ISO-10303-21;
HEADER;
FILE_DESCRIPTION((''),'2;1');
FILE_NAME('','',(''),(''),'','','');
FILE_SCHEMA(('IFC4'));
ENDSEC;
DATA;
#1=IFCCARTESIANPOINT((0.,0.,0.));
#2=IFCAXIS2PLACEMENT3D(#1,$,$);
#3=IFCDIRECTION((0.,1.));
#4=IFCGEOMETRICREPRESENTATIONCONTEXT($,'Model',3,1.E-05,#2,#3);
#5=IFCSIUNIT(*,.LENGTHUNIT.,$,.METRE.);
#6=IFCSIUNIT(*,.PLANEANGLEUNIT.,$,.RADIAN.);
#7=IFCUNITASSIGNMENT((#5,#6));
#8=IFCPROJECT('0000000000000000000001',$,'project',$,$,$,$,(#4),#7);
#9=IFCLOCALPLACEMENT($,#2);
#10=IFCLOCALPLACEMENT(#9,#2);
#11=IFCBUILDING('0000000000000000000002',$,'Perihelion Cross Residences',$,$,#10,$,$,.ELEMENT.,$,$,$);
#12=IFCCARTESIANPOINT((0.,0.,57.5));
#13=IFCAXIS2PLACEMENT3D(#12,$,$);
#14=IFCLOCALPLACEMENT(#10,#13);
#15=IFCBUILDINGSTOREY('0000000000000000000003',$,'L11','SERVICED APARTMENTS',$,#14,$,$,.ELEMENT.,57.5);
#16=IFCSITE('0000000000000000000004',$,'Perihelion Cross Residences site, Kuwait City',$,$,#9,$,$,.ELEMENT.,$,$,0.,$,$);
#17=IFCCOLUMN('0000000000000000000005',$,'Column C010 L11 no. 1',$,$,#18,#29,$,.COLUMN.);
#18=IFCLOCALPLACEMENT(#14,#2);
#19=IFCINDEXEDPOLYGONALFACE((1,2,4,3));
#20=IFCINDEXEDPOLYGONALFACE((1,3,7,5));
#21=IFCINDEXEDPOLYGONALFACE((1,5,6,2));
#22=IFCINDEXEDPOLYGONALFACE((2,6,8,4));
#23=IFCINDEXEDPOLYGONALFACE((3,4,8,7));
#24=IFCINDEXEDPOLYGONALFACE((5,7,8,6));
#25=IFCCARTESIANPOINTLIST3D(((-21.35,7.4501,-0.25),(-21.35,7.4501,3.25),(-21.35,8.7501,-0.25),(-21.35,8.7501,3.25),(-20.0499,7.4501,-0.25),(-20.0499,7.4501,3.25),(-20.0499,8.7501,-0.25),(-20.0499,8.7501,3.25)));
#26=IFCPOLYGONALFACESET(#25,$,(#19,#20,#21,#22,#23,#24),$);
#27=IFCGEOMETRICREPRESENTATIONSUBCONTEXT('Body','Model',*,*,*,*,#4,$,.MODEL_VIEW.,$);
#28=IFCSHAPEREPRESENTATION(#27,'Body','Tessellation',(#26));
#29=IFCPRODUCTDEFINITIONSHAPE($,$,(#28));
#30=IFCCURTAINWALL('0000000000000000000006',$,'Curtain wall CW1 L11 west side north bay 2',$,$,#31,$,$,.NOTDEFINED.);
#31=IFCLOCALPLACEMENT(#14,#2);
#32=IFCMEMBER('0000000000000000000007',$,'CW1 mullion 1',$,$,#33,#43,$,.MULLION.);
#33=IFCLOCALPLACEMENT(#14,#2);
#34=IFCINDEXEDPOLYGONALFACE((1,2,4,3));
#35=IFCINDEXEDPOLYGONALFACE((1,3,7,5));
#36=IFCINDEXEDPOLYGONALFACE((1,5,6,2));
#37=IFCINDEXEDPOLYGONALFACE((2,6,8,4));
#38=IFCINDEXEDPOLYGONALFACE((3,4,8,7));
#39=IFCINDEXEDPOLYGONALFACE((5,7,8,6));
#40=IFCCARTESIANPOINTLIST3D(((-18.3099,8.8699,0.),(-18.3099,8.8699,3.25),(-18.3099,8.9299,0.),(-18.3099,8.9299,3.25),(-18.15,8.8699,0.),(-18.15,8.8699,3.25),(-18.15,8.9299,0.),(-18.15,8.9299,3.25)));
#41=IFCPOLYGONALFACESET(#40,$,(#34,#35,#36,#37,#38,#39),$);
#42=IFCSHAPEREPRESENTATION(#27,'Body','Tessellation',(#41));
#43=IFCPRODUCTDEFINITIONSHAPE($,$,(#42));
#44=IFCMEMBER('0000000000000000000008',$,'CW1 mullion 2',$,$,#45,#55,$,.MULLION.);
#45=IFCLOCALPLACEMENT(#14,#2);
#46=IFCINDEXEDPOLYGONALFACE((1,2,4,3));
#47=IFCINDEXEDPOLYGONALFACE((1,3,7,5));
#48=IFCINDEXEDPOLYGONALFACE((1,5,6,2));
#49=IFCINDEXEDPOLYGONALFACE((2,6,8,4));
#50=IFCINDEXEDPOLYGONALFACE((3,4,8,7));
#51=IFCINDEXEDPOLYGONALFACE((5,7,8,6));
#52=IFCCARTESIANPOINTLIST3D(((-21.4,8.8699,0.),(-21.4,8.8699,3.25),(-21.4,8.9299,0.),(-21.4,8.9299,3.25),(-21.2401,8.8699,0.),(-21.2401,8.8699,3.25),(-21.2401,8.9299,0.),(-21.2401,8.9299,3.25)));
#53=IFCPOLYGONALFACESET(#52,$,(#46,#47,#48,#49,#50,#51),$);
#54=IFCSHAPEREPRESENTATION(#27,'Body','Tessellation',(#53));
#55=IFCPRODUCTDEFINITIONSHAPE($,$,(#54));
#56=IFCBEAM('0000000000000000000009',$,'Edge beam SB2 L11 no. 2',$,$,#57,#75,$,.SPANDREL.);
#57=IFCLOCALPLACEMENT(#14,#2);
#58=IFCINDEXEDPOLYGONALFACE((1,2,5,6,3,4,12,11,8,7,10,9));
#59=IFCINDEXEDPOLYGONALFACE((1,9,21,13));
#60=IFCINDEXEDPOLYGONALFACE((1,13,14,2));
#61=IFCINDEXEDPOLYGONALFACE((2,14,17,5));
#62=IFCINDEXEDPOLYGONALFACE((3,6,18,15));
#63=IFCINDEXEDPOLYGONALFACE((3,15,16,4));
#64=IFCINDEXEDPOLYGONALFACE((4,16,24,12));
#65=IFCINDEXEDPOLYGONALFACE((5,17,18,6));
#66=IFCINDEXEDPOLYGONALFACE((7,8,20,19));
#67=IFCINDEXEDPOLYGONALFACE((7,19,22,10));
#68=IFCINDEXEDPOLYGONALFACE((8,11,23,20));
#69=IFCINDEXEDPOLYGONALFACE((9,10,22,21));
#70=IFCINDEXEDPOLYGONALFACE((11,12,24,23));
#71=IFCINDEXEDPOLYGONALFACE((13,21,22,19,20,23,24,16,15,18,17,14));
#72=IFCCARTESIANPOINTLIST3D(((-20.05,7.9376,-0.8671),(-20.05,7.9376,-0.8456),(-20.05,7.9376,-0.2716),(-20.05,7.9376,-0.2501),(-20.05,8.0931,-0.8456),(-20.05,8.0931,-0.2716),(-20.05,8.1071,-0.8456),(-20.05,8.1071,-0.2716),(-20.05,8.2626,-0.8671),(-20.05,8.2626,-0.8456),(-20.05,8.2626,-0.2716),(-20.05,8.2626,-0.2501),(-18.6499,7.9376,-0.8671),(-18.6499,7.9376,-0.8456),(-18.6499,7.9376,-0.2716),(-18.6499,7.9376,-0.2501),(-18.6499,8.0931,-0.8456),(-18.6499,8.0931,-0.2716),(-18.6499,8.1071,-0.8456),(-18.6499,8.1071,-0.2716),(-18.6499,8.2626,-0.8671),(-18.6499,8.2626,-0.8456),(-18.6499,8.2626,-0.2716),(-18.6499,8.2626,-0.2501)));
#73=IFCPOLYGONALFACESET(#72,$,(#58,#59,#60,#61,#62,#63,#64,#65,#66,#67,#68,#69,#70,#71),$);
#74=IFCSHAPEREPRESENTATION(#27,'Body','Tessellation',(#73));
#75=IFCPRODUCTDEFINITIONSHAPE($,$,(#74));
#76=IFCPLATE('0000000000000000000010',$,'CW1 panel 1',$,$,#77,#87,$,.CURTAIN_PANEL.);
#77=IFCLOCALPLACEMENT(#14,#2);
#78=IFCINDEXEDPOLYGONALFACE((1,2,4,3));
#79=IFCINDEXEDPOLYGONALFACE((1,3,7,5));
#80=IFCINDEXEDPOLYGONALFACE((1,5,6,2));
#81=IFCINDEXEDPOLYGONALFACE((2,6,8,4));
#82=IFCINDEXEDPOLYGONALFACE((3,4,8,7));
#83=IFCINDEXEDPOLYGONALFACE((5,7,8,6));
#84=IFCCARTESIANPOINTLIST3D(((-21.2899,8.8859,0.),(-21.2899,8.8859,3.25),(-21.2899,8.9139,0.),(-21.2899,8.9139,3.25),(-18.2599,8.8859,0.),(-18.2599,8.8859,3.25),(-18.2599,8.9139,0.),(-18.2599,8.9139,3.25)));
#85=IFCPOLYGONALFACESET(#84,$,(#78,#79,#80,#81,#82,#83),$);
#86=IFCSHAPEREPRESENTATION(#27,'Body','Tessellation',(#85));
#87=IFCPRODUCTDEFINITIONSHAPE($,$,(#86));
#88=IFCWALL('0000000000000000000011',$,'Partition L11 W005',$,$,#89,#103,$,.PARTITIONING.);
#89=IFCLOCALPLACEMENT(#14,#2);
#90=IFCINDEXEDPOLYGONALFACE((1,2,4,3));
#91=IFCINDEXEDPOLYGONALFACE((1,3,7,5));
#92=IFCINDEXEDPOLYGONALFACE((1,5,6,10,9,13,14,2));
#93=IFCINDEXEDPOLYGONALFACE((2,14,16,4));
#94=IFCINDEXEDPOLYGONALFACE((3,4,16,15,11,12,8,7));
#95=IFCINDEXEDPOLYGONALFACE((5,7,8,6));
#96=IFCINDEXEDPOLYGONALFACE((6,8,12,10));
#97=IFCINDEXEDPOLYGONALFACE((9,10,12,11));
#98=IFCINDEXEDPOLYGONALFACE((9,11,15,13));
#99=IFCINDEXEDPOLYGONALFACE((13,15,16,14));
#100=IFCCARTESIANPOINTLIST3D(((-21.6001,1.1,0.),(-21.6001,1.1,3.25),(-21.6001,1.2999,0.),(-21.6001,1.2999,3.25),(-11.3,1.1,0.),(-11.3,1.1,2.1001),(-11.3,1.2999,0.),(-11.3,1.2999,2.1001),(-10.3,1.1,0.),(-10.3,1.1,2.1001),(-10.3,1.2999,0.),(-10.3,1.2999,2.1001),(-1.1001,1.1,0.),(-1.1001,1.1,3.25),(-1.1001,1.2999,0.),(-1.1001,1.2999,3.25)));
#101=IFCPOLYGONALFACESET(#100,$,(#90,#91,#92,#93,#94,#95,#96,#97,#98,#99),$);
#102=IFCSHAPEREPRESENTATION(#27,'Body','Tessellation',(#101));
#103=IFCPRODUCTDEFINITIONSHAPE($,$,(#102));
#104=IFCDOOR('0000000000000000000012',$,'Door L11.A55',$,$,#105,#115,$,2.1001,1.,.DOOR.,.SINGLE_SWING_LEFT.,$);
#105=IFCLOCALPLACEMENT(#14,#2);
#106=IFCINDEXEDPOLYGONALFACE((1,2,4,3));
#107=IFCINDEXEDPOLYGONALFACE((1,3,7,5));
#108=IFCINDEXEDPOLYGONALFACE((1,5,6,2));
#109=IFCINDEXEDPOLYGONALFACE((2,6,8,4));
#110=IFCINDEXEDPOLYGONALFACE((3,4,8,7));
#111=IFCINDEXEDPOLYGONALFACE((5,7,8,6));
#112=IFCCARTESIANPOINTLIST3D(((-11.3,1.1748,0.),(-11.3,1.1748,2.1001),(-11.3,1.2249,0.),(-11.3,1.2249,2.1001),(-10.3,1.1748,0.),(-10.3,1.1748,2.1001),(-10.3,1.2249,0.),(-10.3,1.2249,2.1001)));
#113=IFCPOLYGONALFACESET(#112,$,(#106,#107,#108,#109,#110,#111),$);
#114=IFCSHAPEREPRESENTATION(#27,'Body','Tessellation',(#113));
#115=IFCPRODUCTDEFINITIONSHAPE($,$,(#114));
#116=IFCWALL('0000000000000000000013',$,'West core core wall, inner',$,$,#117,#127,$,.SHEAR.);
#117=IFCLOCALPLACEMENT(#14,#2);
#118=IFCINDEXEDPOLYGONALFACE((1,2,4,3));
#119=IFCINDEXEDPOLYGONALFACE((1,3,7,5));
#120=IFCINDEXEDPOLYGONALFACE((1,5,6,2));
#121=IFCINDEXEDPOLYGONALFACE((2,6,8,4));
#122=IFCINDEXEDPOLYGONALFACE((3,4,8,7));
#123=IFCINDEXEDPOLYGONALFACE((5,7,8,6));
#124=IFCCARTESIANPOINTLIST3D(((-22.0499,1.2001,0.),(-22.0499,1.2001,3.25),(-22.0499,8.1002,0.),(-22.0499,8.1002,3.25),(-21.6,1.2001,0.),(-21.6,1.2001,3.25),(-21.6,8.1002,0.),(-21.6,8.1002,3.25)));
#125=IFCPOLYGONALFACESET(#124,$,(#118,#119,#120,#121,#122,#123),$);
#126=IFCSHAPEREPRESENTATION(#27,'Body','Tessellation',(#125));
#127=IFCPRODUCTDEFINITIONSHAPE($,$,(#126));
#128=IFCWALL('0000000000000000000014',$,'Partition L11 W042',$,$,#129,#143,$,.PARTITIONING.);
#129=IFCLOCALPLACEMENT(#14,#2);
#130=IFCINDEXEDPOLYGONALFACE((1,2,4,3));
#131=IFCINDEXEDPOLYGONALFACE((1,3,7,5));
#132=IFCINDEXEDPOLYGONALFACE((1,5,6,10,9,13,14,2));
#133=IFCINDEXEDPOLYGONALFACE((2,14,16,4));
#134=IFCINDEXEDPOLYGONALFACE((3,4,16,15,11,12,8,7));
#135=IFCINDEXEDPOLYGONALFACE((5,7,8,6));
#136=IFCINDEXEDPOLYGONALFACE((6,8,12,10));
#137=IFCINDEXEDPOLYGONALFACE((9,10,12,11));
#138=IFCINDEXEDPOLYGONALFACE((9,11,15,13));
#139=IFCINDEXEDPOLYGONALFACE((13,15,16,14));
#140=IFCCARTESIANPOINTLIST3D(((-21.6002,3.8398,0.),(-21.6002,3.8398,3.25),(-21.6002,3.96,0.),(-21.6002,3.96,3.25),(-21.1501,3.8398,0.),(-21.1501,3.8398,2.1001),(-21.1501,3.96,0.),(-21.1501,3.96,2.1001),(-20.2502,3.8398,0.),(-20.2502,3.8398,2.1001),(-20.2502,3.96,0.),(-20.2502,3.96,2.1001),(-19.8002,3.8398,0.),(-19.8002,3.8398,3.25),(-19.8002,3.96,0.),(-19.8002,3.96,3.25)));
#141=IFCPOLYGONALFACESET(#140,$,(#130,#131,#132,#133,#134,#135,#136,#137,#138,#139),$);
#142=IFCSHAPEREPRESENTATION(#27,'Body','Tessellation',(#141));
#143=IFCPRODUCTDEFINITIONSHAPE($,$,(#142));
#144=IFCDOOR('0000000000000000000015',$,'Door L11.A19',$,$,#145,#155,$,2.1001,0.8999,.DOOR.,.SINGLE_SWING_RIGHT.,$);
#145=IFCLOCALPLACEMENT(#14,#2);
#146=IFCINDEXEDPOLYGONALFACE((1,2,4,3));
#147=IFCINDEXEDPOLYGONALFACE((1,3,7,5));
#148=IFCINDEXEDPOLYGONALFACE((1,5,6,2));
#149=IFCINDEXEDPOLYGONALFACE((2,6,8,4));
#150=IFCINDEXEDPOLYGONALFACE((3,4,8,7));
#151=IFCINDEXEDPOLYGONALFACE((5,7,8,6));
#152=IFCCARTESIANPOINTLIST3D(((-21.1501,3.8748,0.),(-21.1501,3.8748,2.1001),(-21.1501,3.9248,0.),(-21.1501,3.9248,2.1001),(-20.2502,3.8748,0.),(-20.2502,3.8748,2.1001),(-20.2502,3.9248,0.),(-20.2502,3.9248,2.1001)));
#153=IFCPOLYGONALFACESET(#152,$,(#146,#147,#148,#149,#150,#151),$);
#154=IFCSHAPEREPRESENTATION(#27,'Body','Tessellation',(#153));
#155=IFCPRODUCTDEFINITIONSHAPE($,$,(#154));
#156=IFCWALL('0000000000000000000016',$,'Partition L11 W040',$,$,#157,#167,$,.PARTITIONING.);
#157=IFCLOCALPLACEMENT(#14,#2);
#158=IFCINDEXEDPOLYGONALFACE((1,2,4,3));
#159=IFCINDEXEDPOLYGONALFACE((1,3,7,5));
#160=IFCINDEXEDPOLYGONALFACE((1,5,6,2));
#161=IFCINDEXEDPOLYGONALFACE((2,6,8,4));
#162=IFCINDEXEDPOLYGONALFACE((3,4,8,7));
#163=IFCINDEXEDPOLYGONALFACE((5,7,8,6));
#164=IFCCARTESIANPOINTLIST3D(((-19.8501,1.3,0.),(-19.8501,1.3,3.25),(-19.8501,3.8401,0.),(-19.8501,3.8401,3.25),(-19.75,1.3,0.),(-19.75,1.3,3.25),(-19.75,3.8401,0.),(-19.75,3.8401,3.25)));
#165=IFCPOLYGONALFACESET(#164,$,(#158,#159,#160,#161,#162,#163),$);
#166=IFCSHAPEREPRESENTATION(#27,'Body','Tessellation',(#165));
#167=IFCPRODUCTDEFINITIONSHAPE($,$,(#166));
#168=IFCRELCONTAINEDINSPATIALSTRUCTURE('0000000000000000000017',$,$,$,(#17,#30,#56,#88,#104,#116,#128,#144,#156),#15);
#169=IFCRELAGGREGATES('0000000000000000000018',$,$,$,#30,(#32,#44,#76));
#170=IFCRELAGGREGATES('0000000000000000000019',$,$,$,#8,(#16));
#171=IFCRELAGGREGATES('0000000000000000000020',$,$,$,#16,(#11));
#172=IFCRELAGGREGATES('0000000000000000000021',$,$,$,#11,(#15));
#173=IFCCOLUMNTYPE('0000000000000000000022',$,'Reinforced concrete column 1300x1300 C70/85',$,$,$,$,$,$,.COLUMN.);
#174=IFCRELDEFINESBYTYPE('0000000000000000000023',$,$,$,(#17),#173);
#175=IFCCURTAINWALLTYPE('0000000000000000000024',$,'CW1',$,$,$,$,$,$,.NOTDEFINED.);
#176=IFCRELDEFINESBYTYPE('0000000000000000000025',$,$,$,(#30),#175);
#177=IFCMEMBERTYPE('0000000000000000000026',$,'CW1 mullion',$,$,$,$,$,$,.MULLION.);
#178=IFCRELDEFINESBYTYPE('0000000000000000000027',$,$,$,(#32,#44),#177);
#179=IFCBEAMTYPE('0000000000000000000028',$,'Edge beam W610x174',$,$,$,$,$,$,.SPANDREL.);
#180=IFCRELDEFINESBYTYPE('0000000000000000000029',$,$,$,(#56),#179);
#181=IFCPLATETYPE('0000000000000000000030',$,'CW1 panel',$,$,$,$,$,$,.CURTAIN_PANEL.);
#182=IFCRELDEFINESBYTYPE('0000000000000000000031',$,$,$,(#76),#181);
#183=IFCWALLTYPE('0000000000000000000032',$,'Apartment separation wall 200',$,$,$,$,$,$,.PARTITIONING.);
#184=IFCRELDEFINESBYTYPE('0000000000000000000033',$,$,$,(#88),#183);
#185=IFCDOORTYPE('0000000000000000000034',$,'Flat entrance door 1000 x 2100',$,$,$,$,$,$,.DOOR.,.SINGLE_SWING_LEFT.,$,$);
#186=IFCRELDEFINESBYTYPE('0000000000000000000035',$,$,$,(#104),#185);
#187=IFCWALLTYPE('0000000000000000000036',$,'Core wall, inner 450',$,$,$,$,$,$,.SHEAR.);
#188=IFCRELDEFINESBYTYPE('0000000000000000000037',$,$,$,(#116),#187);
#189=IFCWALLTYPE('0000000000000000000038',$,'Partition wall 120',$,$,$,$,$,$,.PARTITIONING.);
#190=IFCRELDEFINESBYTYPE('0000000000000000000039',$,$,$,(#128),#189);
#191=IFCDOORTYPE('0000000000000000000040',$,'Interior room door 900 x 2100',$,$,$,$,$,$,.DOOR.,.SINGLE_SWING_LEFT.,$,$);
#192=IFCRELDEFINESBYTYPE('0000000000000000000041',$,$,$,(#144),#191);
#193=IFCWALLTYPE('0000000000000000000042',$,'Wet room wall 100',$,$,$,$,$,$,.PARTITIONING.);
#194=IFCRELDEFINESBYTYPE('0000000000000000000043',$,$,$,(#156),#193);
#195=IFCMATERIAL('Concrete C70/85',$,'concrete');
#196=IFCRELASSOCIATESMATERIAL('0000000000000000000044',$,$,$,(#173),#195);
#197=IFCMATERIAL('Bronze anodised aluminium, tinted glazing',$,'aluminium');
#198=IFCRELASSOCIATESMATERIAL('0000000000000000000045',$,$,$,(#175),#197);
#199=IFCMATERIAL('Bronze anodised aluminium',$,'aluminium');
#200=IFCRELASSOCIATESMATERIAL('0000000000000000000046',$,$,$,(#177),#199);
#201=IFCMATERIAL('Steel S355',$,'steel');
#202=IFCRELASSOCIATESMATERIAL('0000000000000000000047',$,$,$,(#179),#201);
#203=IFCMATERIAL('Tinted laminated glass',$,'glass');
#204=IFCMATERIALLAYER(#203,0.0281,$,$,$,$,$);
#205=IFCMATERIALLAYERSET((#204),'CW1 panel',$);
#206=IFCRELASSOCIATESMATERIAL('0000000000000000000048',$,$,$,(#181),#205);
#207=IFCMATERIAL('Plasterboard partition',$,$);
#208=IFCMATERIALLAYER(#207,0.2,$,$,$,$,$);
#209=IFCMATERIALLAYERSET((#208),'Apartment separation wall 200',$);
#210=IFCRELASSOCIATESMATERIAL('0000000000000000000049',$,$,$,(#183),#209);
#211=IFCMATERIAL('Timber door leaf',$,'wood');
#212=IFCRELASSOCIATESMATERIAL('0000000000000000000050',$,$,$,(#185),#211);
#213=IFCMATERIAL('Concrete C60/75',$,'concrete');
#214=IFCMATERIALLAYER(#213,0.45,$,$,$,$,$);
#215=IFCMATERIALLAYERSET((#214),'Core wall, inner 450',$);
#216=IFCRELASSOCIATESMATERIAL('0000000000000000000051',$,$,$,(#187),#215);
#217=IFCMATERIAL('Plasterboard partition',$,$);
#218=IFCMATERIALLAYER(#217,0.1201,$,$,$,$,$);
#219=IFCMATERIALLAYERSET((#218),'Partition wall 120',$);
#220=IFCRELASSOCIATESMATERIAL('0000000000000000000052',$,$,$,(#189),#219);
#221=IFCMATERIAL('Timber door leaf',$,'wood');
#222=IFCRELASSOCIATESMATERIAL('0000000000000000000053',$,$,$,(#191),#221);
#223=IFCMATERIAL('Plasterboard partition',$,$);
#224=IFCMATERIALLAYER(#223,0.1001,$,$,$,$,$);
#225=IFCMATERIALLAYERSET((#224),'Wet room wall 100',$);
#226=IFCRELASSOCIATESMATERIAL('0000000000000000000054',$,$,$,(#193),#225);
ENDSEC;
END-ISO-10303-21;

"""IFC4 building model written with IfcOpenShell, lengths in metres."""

from ifc_helpers import new_model, si_unit, direction, frame, frame_2d, origin, origin_2d, place, context, subcontext, project, spatial, rectangle, i_section, extrude, material, layer, layer_set, material_profile, profile_set, type_object, element, fill, aggregate, save


model = new_model("IFC4")

# Units and contexts
model_context = context("Model", 3, precision=1e-05, world=origin(), true_north=direction((0.0, 1.0)))
body_context = subcontext(model_context, "Body", "Model", "MODEL_VIEW")
ifc_project = project(units=[si_unit("LENGTHUNIT", "METRE"), si_unit("PLANEANGLEUNIT", "RADIAN")], contexts=[model_context])

# Site, building, storey
site_placement = place(None, origin())
site = spatial("IfcSite", under=ifc_project, at=site_placement, Name="Perihelion Cross Residences site, Kuwait City", CompositionType="ELEMENT", RefElevation=0.0)
building_placement = place(site_placement, origin())
building = spatial("IfcBuilding", under=site, at=building_placement, Name="Perihelion Cross Residences", CompositionType="ELEMENT")
storey_placement = place(building_placement, frame((0.0, 0.0, 57.5)))
storey = spatial("IfcBuildingStorey", under=building, at=storey_placement, Name="L11", Description="SERVICED APARTMENTS", CompositionType="ELEMENT", Elevation=57.5)

# Column
ifc_material_1 = material(Name="Concrete C70/85", Category="concrete")
ifc_material_profile_1 = material_profile(ifc_material_1, rectangle(XDim=1.3, YDim=1.3, at=origin_2d()), Name="RC 1300x1300")
ifc_profile_set_1 = profile_set([ifc_material_profile_1], Name="Concrete C70/85")
column_type = type_object("IfcColumnType", Name="Reinforced concrete column 1300x1300 C70/85", PredefinedType="COLUMN", material=ifc_profile_set_1)
column_placement = place(storey_placement, frame((-20.7, 8.1001, -0.25), z_axis=(0.0, 0.0, 1.0), x_axis=(1.0, 0.0, 0.0)))
element("IfcColumn", 1, at=column_placement, inside=storey, type_object=column_type, Name="Column C010 L11 no. 1", PredefinedType="COLUMN", context=body_context, shape_type="SweptSolid", body=[
    extrude(rectangle(XDim=1.3, YDim=1.3, at=origin_2d()), origin(), (0.0, 0.0, 1.0), 3.5),
])

# Curtain wall, members
ifc_material_2 = material(Name="Bronze anodised aluminium, tinted glazing", Category="aluminium")
curtain_wall_type = type_object("IfcCurtainWallType", Name="CW1", PredefinedType="NOTDEFINED", material=ifc_material_2)
curtain_wall_placement = place(storey_placement, origin())
curtain_wall = element("IfcCurtainWall", 2, at=curtain_wall_placement, inside=storey, type_object=curtain_wall_type, Name="Curtain wall CW1 L11 west side north bay 2", PredefinedType="NOTDEFINED")
ifc_material_3 = material(Name="Bronze anodised aluminium", Category="aluminium")
ifc_material_profile_2 = material_profile(ifc_material_3, rectangle(XDim=0.0601, YDim=0.1599, at=origin_2d()), Name="CW1 mullion")
ifc_profile_set_2 = profile_set([ifc_material_profile_2], Name="Bronze anodised aluminium")
member_type = type_object("IfcMemberType", Name="CW1 mullion", PredefinedType="MULLION", material=ifc_profile_set_2)
member_1_placement = place(storey_placement, frame((-18.23, 8.8999, 0.0), z_axis=(0.0, 0.0, 1.0), x_axis=(0.0, -1.0, 0.0)))
member_1 = element("IfcMember", 3, at=member_1_placement, type_object=member_type, Name="CW1 mullion 1", PredefinedType="MULLION", context=body_context, shape_type="SweptSolid", body=[
    extrude(rectangle(XDim=0.0601, YDim=0.1599, at=origin_2d()), origin(), (0.0, 0.0, 1.0), 3.25),
])
member_2_placement = place(storey_placement, frame((-21.3201, 8.8999, 0.0), z_axis=(0.0, 0.0, 1.0), x_axis=(0.0, -1.0, 0.0)))
member_2 = element("IfcMember", 4, at=member_2_placement, type_object=member_type, Name="CW1 mullion 2", PredefinedType="MULLION", context=body_context, shape_type="SweptSolid", body=[
    extrude(rectangle(XDim=0.0601, YDim=0.1599, at=origin_2d()), origin(), (0.0, 0.0, 1.0), 3.25),
])

# Beam
ifc_material_4 = material(Name="Steel S355", Category="steel")
ifc_material_profile_3 = material_profile(ifc_material_4, i_section(OverallWidth=0.325, OverallDepth=0.6169, WebThickness=0.0139, FlangeThickness=0.0215, at=origin_2d()), Name="W610x174")
ifc_profile_set_3 = profile_set([ifc_material_profile_3], Name="Steel S355")
beam_type = type_object("IfcBeamType", Name="Edge beam W610x174", PredefinedType="SPANDREL", material=ifc_profile_set_3)
beam_placement = place(storey_placement, frame((-18.6499, 8.1001, -0.5586), z_axis=(-1.0, 0.0, 0.0), x_axis=(0.0, -1.0, 0.0)))
element("IfcBeam", 5, at=beam_placement, inside=storey, type_object=beam_type, Name="Edge beam SB2 L11 no. 2", PredefinedType="SPANDREL", context=body_context, shape_type="SweptSolid", body=[
    extrude(i_section(OverallWidth=0.325, OverallDepth=0.6169, WebThickness=0.0139, FlangeThickness=0.0215, at=origin_2d()), origin(), (0.0, 0.0, 1.0), 1.4001),
])

# Plate
ifc_material_5 = material(Name="Tinted laminated glass", Category="glass")
ifc_layer_1 = layer(ifc_material_5, 0.0281)
ifc_layer_set_1 = layer_set([ifc_layer_1], Name="CW1 panel")
plate_type = type_object("IfcPlateType", Name="CW1 panel", PredefinedType="CURTAIN_PANEL", material=ifc_layer_set_1)
plate_placement = place(storey_placement, frame((-19.7749, 8.8999, 0.0), z_axis=(0.0, 0.0, 1.0), x_axis=(-1.0, 0.0, 0.0)))
plate = element("IfcPlate", 6, at=plate_placement, type_object=plate_type, Name="CW1 panel 1", PredefinedType="CURTAIN_PANEL", context=body_context, shape_type="SweptSolid", body=[
    extrude(rectangle(XDim=3.03, YDim=0.0281, at=origin_2d()), origin(), (0.0, 0.0, 1.0), 3.25),
])
aggregate(curtain_wall, [member_1, member_2, plate])

# Wall, opening, door
ifc_material_6 = material(Name="Plasterboard partition")
ifc_layer_2 = layer(ifc_material_6, 0.2)
ifc_layer_set_2 = layer_set([ifc_layer_2], Name="Apartment separation wall 200")
wall_type_1 = type_object("IfcWallType", Name="Apartment separation wall 200", PredefinedType="PARTITIONING", material=ifc_layer_set_2)
wall_1_placement = place(storey_placement, frame((-21.6001, 1.2, 0.0), z_axis=(0.0, 0.0, 1.0), x_axis=(1.0, 0.0, 0.0)))
wall_1 = element("IfcWall", 7, at=wall_1_placement, inside=storey, type_object=wall_type_1, Name="Partition L11 W005", PredefinedType="PARTITIONING", context=body_context, shape_type="SweptSolid", body=[
    extrude(rectangle(XDim=20.5, YDim=0.2, at=frame_2d((10.25, 0.0))), origin(), (0.0, 0.0, 1.0), 3.25),
])
opening_1_placement = place(wall_1_placement, frame((10.3, 0.0, 0.0)))
opening_1 = element("IfcOpeningElement", 8, at=opening_1_placement, cuts=wall_1, PredefinedType="OPENING", context=body_context, shape_type="SweptSolid", body=[
    extrude(rectangle(XDim=1.0, YDim=2.1001, at=frame_2d((0.5, 1.05))), frame((0.0, 0.1099, 0.0), z_axis=(0.0, -1.0, 0.0), x_axis=(1.0, 0.0, 0.0)), (0.0, 0.0, 1.0), 0.22),
])
ifc_material_7 = material(Name="Timber door leaf", Category="wood")
door_type_1 = type_object("IfcDoorType", Name="Flat entrance door 1000 x 2100", OperationType="SINGLE_SWING_LEFT", PredefinedType="DOOR", material=ifc_material_7)
door_1_placement = place(opening_1_placement, origin())
door_1 = element("IfcDoor", 9, at=door_1_placement, inside=storey, type_object=door_type_1, Name="Door L11.A55", OperationType="SINGLE_SWING_LEFT", OverallHeight=2.1001, OverallWidth=1.0, PredefinedType="DOOR", context=body_context, shape_type="SweptSolid", body=[
    extrude(rectangle(XDim=1.0, YDim=2.1001, at=frame_2d((0.5, 1.05))), frame((0.0, 0.0249, 0.0), z_axis=(0.0, -1.0, 0.0), x_axis=(1.0, 0.0, 0.0)), (0.0, 0.0, 1.0), 0.05),
])
fill(opening_1, door_1)

# Wall
ifc_material_8 = material(Name="Concrete C60/75", Category="concrete")
ifc_layer_3 = layer(ifc_material_8, 0.45)
ifc_layer_set_3 = layer_set([ifc_layer_3], Name="Core wall, inner 450")
wall_type_2 = type_object("IfcWallType", Name="Core wall, inner 450", PredefinedType="SHEAR", material=ifc_layer_set_3)
wall_2_placement = place(storey_placement, frame((-21.825, 1.2, 0.0), z_axis=(0.0, 0.0, 1.0), x_axis=(0.0, 1.0, 0.0)))
element("IfcWall", 10, at=wall_2_placement, inside=storey, type_object=wall_type_2, Name="West core core wall, inner", PredefinedType="SHEAR", context=body_context, shape_type="SweptSolid", body=[
    extrude(rectangle(XDim=6.9001, YDim=0.45, at=frame_2d((3.4502, 0.0))), origin(), (0.0, 0.0, 1.0), 3.25),
])

# Wall, opening, door
ifc_material_9 = material(Name="Plasterboard partition")
ifc_layer_4 = layer(ifc_material_9, 0.1201)
ifc_layer_set_4 = layer_set([ifc_layer_4], Name="Partition wall 120")
wall_type_3 = type_object("IfcWallType", Name="Partition wall 120", PredefinedType="PARTITIONING", material=ifc_layer_set_4)
wall_3_placement = place(storey_placement, frame((-21.6001, 3.8999, 0.0), z_axis=(0.0, 0.0, 1.0), x_axis=(1.0, 0.0, 0.0)))
wall_3 = element("IfcWall", 11, at=wall_3_placement, inside=storey, type_object=wall_type_3, Name="Partition L11 W042", PredefinedType="PARTITIONING", context=body_context, shape_type="SweptSolid", body=[
    extrude(rectangle(XDim=1.8, YDim=0.1201, at=frame_2d((0.8999, 0.0))), origin(), (0.0, 0.0, 1.0), 3.25),
])
opening_2_placement = place(wall_3_placement, frame((0.45, 0.0, 0.0)))
opening_2 = element("IfcOpeningElement", 12, at=opening_2_placement, cuts=wall_3, PredefinedType="OPENING", context=body_context, shape_type="SweptSolid", body=[
    extrude(rectangle(XDim=0.8999, YDim=2.1001, at=frame_2d((0.45, 1.05))), frame((0.0, 0.0701, 0.0), z_axis=(0.0, -1.0, 0.0), x_axis=(1.0, 0.0, 0.0)), (0.0, 0.0, 1.0), 0.1401),
])
ifc_material_10 = material(Name="Timber door leaf", Category="wood")
door_type_2 = type_object("IfcDoorType", Name="Interior room door 900 x 2100", OperationType="SINGLE_SWING_LEFT", PredefinedType="DOOR", material=ifc_material_10)
door_2_placement = place(opening_2_placement, origin())
door_2 = element("IfcDoor", 13, at=door_2_placement, inside=storey, type_object=door_type_2, Name="Door L11.A19", OperationType="SINGLE_SWING_RIGHT", OverallHeight=2.1001, OverallWidth=0.8999, PredefinedType="DOOR", context=body_context, shape_type="SweptSolid", body=[
    extrude(rectangle(XDim=0.8999, YDim=2.1001, at=frame_2d((0.45, 1.05))), frame((0.0, 0.0249, 0.0), z_axis=(0.0, -1.0, 0.0), x_axis=(1.0, 0.0, 0.0)), (0.0, 0.0, 1.0), 0.05),
])
fill(opening_2, door_2)

# Wall
ifc_material_11 = material(Name="Plasterboard partition")
ifc_layer_5 = layer(ifc_material_11, 0.1001)
ifc_layer_set_5 = layer_set([ifc_layer_5], Name="Wet room wall 100")
wall_type_4 = type_object("IfcWallType", Name="Wet room wall 100", PredefinedType="PARTITIONING", material=ifc_layer_set_5)
wall_4_placement = place(storey_placement, frame((-19.8, 1.3, 0.0), z_axis=(0.0, 0.0, 1.0), x_axis=(0.0, 1.0, 0.0)))
element("IfcWall", 14, at=wall_4_placement, inside=storey, type_object=wall_type_4, Name="Partition L11 W040", PredefinedType="PARTITIONING", context=body_context, shape_type="SweptSolid", body=[
    extrude(rectangle(XDim=2.54, YDim=0.1001, at=frame_2d((1.27, 0.0))), origin(), (0.0, 0.0, 1.0), 3.25),
])

save(model, "model.ifc")
